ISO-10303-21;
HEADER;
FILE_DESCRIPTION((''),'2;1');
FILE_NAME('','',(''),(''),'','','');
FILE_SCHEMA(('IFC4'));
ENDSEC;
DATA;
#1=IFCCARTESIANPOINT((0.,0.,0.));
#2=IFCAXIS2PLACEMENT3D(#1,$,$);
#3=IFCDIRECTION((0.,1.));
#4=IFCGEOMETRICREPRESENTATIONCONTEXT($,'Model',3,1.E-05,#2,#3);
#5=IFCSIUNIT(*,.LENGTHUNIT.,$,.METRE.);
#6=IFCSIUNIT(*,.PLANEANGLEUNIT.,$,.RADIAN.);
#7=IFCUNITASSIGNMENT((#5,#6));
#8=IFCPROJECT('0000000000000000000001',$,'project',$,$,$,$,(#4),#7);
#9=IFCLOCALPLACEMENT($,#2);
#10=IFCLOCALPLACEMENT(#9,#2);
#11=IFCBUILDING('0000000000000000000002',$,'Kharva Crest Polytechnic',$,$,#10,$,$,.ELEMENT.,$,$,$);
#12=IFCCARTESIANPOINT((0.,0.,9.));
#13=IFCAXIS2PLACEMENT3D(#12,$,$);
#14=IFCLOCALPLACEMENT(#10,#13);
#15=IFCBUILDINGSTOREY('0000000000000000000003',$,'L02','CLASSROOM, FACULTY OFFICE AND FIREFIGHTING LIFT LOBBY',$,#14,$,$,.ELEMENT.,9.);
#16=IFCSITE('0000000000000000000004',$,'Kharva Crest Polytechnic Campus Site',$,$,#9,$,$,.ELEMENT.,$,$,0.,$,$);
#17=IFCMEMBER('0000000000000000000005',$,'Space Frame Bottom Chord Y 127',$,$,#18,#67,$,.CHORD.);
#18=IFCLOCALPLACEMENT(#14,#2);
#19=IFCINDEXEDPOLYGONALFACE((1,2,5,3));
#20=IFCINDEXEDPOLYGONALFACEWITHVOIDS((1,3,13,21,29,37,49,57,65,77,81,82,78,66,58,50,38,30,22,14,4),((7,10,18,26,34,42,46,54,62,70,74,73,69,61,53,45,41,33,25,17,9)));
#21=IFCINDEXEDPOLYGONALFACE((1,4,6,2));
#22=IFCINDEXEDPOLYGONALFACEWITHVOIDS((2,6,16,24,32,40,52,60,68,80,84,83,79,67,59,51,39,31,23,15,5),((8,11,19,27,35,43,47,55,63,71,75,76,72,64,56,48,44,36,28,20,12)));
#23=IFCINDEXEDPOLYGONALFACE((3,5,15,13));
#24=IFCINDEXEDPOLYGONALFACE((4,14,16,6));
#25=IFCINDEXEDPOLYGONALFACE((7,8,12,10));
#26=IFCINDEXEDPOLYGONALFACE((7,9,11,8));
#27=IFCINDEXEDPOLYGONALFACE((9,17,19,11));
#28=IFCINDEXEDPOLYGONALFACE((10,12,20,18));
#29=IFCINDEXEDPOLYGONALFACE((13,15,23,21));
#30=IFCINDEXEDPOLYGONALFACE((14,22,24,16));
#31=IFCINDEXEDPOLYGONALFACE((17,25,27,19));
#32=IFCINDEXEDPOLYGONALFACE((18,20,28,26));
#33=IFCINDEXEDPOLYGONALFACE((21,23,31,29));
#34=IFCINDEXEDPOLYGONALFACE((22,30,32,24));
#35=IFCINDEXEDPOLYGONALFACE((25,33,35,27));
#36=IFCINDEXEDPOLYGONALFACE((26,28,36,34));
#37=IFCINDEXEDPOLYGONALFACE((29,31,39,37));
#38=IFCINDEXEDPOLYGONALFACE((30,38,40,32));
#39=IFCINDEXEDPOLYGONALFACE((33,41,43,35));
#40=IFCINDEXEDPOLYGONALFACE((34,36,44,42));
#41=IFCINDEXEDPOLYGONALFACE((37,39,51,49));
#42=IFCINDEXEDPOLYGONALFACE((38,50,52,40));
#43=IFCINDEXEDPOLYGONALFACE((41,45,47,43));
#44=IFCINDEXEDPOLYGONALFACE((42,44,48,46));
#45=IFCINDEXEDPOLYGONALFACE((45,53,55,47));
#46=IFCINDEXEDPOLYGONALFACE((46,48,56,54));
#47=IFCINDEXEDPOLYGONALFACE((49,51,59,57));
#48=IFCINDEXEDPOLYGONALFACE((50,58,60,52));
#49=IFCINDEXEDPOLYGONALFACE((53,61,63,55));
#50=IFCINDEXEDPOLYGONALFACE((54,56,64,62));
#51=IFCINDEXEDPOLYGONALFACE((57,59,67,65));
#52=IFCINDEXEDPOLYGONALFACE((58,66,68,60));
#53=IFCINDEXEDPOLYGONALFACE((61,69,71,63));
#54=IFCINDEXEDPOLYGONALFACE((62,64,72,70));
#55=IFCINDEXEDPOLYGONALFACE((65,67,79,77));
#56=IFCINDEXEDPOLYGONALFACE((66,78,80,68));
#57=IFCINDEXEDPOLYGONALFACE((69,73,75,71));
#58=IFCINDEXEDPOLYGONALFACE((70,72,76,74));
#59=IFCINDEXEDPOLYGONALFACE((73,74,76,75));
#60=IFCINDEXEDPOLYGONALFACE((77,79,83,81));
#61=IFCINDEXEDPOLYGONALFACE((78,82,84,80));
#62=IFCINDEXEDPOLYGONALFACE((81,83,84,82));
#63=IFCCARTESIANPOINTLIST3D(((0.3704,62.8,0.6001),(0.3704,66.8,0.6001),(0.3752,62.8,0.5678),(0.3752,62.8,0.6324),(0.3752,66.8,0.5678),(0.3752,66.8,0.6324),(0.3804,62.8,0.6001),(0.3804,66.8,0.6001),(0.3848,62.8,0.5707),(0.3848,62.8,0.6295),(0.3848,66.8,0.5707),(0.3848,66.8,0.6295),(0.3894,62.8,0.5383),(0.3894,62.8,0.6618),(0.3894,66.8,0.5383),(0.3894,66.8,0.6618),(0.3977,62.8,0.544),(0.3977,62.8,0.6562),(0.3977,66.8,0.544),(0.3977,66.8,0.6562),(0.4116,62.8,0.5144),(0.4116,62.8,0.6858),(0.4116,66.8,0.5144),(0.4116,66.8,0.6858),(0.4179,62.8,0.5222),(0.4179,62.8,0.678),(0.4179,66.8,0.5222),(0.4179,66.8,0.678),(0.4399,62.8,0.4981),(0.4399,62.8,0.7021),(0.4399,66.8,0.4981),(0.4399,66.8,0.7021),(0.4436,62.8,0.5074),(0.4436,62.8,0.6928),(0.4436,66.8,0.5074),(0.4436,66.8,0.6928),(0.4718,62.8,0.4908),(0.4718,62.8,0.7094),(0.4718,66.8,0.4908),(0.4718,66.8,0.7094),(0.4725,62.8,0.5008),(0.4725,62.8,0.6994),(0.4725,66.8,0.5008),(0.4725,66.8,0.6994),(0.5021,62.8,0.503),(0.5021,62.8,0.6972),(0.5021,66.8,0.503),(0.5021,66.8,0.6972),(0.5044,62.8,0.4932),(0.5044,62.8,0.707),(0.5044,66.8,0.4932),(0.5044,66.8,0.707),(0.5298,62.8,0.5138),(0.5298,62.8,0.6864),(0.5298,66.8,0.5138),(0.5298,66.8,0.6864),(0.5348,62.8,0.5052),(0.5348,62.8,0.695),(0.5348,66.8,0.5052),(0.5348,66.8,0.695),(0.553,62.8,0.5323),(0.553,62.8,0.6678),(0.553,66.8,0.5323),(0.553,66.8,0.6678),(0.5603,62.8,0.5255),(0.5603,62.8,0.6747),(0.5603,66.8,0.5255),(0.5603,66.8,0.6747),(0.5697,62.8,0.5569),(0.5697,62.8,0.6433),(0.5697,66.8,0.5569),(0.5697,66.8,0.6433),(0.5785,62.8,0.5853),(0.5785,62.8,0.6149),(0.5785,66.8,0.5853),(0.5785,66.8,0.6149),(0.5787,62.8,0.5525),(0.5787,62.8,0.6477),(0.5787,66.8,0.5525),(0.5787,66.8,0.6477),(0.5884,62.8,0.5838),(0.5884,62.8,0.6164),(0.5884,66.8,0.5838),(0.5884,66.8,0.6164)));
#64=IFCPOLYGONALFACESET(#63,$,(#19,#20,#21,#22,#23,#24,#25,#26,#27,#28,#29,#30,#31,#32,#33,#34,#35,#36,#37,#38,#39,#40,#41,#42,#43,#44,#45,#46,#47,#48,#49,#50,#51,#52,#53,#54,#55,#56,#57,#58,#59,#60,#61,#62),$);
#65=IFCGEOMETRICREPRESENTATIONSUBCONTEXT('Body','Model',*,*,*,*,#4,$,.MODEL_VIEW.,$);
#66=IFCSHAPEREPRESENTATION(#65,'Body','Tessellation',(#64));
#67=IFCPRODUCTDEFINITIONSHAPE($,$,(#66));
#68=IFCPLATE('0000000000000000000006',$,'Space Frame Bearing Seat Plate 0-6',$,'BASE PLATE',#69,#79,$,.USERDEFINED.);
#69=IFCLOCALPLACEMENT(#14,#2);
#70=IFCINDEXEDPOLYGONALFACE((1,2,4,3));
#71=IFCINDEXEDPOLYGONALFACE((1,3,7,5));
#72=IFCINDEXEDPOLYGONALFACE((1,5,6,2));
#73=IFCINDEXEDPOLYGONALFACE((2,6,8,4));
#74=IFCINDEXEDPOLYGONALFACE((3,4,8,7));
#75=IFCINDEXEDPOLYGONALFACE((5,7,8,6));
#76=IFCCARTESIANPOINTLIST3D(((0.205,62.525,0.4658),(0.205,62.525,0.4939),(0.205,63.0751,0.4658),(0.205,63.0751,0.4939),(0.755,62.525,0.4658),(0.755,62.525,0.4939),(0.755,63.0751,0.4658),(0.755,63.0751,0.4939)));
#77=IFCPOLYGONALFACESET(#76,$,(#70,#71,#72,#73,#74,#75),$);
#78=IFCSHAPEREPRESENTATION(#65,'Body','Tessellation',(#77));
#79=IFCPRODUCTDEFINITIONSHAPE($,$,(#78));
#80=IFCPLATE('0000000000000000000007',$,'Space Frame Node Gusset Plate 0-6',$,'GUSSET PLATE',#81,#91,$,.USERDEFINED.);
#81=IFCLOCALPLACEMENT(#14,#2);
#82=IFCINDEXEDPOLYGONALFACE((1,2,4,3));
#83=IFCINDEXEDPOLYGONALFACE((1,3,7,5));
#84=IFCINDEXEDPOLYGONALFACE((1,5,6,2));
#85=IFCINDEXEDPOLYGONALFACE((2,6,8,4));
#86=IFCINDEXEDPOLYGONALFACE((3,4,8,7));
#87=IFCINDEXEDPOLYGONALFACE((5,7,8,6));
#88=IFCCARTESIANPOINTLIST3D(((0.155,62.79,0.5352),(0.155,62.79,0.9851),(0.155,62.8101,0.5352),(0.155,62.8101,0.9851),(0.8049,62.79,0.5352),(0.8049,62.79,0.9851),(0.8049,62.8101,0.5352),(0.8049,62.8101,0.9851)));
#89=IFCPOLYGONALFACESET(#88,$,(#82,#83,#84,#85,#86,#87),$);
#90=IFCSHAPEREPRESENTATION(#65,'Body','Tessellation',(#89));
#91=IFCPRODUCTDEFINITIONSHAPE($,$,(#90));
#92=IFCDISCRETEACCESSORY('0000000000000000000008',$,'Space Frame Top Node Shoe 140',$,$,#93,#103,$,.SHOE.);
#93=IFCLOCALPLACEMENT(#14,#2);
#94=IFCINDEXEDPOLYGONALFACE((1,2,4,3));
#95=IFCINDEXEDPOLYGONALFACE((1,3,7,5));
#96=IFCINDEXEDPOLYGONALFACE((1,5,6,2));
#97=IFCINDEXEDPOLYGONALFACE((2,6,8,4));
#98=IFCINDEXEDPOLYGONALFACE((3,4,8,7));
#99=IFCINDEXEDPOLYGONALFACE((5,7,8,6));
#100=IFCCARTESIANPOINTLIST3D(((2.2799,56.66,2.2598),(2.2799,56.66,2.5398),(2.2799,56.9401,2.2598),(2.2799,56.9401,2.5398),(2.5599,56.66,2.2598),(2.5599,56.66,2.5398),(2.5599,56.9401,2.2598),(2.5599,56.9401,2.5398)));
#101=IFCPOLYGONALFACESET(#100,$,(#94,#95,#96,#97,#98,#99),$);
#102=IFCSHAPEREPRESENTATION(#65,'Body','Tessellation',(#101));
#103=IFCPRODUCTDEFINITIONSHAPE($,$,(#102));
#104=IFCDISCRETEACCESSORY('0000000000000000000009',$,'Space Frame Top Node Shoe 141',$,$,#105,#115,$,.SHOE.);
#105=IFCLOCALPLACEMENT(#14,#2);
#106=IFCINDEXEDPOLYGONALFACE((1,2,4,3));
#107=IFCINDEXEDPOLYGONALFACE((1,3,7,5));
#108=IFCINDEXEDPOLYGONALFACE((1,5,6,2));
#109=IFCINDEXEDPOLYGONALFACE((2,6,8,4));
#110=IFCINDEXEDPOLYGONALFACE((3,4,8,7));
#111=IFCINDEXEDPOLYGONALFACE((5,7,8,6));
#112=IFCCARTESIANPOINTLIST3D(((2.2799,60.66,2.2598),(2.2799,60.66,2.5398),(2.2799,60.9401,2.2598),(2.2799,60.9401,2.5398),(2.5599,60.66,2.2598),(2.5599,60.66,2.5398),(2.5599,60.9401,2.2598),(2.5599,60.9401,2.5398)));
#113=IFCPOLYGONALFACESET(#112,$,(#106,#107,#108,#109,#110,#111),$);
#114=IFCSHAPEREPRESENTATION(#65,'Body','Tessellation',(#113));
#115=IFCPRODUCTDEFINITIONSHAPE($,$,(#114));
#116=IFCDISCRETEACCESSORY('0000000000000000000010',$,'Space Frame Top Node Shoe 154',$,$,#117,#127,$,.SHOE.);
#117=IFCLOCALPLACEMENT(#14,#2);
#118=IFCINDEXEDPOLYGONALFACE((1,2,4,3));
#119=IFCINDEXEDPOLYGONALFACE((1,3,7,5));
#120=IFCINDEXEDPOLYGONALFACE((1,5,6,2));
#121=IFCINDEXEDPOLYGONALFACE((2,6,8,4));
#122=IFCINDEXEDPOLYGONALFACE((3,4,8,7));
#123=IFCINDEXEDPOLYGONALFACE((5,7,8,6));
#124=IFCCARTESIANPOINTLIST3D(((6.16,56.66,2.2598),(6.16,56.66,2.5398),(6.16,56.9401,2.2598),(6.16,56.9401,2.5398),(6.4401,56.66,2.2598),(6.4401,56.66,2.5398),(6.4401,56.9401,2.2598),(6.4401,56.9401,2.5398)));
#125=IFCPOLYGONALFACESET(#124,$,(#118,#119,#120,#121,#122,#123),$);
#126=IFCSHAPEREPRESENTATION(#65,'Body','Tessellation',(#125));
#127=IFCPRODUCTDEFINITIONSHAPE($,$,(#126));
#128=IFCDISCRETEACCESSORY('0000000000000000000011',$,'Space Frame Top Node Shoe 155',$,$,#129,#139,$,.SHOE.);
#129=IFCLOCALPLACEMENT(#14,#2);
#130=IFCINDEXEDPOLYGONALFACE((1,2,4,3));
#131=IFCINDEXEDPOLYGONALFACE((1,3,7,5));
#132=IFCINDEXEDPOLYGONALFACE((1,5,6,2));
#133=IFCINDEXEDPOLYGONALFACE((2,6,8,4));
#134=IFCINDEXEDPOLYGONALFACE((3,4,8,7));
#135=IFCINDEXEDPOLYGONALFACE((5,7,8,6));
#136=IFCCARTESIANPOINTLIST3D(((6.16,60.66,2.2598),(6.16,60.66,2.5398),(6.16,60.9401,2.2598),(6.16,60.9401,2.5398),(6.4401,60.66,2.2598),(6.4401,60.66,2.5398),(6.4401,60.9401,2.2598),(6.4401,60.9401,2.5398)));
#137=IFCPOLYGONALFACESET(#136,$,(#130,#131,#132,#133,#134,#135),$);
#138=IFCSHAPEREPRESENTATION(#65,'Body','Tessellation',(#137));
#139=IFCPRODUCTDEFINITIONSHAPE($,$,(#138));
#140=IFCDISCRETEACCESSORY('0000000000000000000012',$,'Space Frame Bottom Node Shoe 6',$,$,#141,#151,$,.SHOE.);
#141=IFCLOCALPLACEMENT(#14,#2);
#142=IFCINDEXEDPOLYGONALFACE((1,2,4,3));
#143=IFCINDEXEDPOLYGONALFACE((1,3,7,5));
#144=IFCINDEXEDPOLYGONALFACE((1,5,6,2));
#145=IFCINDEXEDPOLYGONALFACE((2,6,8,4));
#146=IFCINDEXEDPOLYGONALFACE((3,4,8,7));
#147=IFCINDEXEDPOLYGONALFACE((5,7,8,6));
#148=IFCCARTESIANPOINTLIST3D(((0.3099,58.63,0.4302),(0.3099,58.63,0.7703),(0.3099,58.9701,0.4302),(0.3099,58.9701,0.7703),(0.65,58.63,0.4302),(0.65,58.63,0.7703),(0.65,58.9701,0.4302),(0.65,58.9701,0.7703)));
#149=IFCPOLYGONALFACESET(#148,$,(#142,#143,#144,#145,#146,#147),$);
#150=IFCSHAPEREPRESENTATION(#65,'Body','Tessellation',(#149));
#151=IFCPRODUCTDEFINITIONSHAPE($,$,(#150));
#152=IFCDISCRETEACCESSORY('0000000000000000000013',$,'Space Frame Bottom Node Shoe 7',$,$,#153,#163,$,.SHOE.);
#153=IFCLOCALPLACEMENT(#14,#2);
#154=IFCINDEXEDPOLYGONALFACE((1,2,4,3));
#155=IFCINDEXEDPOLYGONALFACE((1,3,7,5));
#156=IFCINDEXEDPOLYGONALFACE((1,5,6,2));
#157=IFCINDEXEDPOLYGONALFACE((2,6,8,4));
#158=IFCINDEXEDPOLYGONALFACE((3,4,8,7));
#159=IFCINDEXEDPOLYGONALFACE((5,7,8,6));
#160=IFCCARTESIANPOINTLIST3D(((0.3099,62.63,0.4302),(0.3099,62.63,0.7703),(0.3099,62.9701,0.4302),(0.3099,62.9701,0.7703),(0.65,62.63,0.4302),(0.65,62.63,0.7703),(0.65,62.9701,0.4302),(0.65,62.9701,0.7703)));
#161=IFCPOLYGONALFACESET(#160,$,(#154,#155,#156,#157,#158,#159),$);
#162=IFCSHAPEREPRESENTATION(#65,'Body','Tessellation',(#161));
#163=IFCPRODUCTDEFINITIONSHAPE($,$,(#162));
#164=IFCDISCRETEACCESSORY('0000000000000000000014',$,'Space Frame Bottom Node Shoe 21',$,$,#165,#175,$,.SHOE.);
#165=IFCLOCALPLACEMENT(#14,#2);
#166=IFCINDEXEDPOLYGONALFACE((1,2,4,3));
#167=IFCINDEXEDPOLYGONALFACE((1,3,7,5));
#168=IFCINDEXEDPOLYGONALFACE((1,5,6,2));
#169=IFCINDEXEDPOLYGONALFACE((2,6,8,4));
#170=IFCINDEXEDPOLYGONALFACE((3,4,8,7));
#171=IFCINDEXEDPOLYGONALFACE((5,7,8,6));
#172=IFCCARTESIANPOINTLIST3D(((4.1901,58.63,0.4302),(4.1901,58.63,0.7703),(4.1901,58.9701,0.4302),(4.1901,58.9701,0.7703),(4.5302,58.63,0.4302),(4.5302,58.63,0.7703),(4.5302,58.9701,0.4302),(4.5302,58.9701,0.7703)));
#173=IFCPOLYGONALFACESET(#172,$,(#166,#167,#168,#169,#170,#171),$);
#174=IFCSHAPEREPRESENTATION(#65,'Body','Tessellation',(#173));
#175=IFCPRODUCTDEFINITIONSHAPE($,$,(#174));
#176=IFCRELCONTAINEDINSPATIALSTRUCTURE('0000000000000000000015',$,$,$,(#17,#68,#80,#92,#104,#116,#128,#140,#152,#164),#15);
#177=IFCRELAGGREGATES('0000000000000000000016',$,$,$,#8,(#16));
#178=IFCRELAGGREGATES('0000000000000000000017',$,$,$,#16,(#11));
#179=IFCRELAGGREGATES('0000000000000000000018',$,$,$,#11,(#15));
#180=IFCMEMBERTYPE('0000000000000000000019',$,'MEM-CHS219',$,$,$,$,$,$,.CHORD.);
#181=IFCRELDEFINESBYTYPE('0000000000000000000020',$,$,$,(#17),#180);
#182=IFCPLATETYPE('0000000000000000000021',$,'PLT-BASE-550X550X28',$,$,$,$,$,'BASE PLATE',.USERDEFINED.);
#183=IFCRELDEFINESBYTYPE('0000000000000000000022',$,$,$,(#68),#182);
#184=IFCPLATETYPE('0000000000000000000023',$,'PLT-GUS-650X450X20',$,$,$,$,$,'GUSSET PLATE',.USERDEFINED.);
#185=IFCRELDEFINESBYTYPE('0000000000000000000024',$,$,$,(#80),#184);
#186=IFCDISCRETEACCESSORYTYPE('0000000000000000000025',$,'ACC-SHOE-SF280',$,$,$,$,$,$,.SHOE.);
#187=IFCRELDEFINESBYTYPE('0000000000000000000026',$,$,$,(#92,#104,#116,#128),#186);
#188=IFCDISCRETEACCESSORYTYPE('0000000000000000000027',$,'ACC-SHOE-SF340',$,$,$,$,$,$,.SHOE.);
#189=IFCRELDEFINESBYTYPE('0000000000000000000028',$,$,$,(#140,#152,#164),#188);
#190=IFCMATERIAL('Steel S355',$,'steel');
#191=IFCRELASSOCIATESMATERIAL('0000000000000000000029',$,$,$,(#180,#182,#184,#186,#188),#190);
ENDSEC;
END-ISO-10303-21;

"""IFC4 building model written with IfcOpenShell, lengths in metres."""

from ifc_helpers import new_model, si_unit, direction, frame, origin, origin_2d, place, context, subcontext, project, spatial, rectangle, hollow_circle, extrude, material, material_profile, profile_set, type_object, element, save


model = new_model("IFC4")

# Units and contexts
model_context = context("Model", 3, precision=1e-05, world=origin(), true_north=direction((0.0, 1.0)))
body_context = subcontext(model_context, "Body", "Model", "MODEL_VIEW")
ifc_project = project(units=[si_unit("LENGTHUNIT", "METRE"), si_unit("PLANEANGLEUNIT", "RADIAN")], contexts=[model_context])

# Site, building, storey
site_placement = place(None, origin())
site = spatial("IfcSite", under=ifc_project, at=site_placement, Name="Kharva Crest Polytechnic Campus Site", CompositionType="ELEMENT", RefElevation=0.0)
building_placement = place(site_placement, origin())
building = spatial("IfcBuilding", under=site, at=building_placement, Name="Kharva Crest Polytechnic", CompositionType="ELEMENT")
storey_placement = place(building_placement, frame((0.0, 0.0, 9.0)))
storey = spatial("IfcBuildingStorey", under=building, at=storey_placement, Name="L02", Description="CLASSROOM, FACULTY OFFICE AND FIREFIGHTING LIFT LOBBY", CompositionType="ELEMENT", Elevation=9.0)

# Shared definitions
ifc_material_1 = material(Name="Steel S355", Category="steel")

# Member
ifc_material_profile_1 = material_profile(ifc_material_1, hollow_circle(Radius=0.1096, WallThickness=0.01, at=origin_2d()), Name="CHS 219.1X10.0")
ifc_profile_set_1 = profile_set([ifc_material_profile_1], Name="Steel S355")
member_type_1 = type_object("IfcMemberType", Name="MEM-CHS219", PredefinedType="CHORD", material=ifc_profile_set_1)
for number, where, z_axis, x_axis, name in (
    (1, (0.48, 62.8, 0.6001), (0.0, 1.0, 0.0), (-1.0, 0.0, 0.0), "Space Frame Bottom Chord Y 127"),
):
    element("IfcMember", number, at=place(storey_placement, frame(where, z_axis=z_axis, x_axis=x_axis)), inside=storey, type_object=member_type_1, Name=name, PredefinedType="CHORD", context=body_context, shape_type="SweptSolid", body=[
        extrude(hollow_circle(Radius=0.1096, WallThickness=0.01, at=origin_2d()), origin(), (0.0, 0.0, 1.0), 4.0),
    ])

# Plates
plate_type_1 = type_object("IfcPlateType", Name="PLT-BASE-550X550X28", ElementType="BASE PLATE", PredefinedType="USERDEFINED", material=ifc_material_1)
plate_1_placement = place(storey_placement, frame((0.48, 62.8, 0.4658), z_axis=(0.0, 0.0, 1.0), x_axis=(1.0, 0.0, 0.0)))
element("IfcPlate", 2, at=plate_1_placement, inside=storey, type_object=plate_type_1, Name="Space Frame Bearing Seat Plate 0-6", ObjectType="BASE PLATE", PredefinedType="USERDEFINED", context=body_context, shape_type="SweptSolid", body=[
    extrude(rectangle(XDim=0.55, YDim=0.55, at=origin_2d()), origin(), (0.0, 0.0, 1.0), 0.0281),
])
plate_type_2 = type_object("IfcPlateType", Name="PLT-GUS-650X450X20", ElementType="GUSSET PLATE", PredefinedType="USERDEFINED", material=ifc_material_1)
plate_2_placement = place(storey_placement, frame((0.48, 62.8, 0.5352), z_axis=(0.0, 0.0, 1.0), x_axis=(1.0, 0.0, 0.0)))
element("IfcPlate", 3, at=plate_2_placement, inside=storey, type_object=plate_type_2, Name="Space Frame Node Gusset Plate 0-6", ObjectType="GUSSET PLATE", PredefinedType="USERDEFINED", context=body_context, shape_type="SweptSolid", body=[
    extrude(rectangle(XDim=0.6499, YDim=0.02, at=origin_2d()), origin(), (0.0, 0.0, 1.0), 0.45),
])

# Discrete accessories
discrete_accessory_type_1 = type_object("IfcDiscreteAccessoryType", Name="ACC-SHOE-SF280", PredefinedType="SHOE", material=ifc_material_1)
for number, where, z_axis, x_axis, name in (
    (4, (2.4199, 56.8, 2.2598), (0.0, 0.0, 1.0), (1.0, 0.0, 0.0), "Space Frame Top Node Shoe 140"),
    (5, (2.4199, 60.8, 2.2598), (0.0, 0.0, 1.0), (1.0, 0.0, 0.0), "Space Frame Top Node Shoe 141"),
    (6, (6.3, 56.8, 2.2598), (0.0, 0.0, 1.0), (1.0, 0.0, 0.0), "Space Frame Top Node Shoe 154"),
    (7, (6.3, 60.8, 2.2598), (0.0, 0.0, 1.0), (1.0, 0.0, 0.0), "Space Frame Top Node Shoe 155"),
):
    element("IfcDiscreteAccessory", number, at=place(storey_placement, frame(where, z_axis=z_axis, x_axis=x_axis)), inside=storey, type_object=discrete_accessory_type_1, Name=name, PredefinedType="SHOE", context=body_context, shape_type="SweptSolid", body=[
        extrude(rectangle(XDim=0.28, YDim=0.28, at=origin_2d()), origin(), (0.0, 0.0, 1.0), 0.28),
    ])
discrete_accessory_type_2 = type_object("IfcDiscreteAccessoryType", Name="ACC-SHOE-SF340", PredefinedType="SHOE", material=ifc_material_1)
for number, where, z_axis, x_axis, name in (
    (8, (0.48, 58.8, 0.4302), (0.0, 0.0, 1.0), (1.0, 0.0, 0.0), "Space Frame Bottom Node Shoe 6"),
    (9, (0.48, 62.8, 0.4302), (0.0, 0.0, 1.0), (1.0, 0.0, 0.0), "Space Frame Bottom Node Shoe 7"),
    (10, (4.3601, 58.8, 0.4302), (0.0, 0.0, 1.0), (1.0, 0.0, 0.0), "Space Frame Bottom Node Shoe 21"),
):
    element("IfcDiscreteAccessory", number, at=place(storey_placement, frame(where, z_axis=z_axis, x_axis=x_axis)), inside=storey, type_object=discrete_accessory_type_2, Name=name, PredefinedType="SHOE", context=body_context, shape_type="SweptSolid", body=[
        extrude(rectangle(XDim=0.3401, YDim=0.3401, at=origin_2d()), origin(), (0.0, 0.0, 1.0), 0.3401),
    ])

save(model, "model.ifc")
